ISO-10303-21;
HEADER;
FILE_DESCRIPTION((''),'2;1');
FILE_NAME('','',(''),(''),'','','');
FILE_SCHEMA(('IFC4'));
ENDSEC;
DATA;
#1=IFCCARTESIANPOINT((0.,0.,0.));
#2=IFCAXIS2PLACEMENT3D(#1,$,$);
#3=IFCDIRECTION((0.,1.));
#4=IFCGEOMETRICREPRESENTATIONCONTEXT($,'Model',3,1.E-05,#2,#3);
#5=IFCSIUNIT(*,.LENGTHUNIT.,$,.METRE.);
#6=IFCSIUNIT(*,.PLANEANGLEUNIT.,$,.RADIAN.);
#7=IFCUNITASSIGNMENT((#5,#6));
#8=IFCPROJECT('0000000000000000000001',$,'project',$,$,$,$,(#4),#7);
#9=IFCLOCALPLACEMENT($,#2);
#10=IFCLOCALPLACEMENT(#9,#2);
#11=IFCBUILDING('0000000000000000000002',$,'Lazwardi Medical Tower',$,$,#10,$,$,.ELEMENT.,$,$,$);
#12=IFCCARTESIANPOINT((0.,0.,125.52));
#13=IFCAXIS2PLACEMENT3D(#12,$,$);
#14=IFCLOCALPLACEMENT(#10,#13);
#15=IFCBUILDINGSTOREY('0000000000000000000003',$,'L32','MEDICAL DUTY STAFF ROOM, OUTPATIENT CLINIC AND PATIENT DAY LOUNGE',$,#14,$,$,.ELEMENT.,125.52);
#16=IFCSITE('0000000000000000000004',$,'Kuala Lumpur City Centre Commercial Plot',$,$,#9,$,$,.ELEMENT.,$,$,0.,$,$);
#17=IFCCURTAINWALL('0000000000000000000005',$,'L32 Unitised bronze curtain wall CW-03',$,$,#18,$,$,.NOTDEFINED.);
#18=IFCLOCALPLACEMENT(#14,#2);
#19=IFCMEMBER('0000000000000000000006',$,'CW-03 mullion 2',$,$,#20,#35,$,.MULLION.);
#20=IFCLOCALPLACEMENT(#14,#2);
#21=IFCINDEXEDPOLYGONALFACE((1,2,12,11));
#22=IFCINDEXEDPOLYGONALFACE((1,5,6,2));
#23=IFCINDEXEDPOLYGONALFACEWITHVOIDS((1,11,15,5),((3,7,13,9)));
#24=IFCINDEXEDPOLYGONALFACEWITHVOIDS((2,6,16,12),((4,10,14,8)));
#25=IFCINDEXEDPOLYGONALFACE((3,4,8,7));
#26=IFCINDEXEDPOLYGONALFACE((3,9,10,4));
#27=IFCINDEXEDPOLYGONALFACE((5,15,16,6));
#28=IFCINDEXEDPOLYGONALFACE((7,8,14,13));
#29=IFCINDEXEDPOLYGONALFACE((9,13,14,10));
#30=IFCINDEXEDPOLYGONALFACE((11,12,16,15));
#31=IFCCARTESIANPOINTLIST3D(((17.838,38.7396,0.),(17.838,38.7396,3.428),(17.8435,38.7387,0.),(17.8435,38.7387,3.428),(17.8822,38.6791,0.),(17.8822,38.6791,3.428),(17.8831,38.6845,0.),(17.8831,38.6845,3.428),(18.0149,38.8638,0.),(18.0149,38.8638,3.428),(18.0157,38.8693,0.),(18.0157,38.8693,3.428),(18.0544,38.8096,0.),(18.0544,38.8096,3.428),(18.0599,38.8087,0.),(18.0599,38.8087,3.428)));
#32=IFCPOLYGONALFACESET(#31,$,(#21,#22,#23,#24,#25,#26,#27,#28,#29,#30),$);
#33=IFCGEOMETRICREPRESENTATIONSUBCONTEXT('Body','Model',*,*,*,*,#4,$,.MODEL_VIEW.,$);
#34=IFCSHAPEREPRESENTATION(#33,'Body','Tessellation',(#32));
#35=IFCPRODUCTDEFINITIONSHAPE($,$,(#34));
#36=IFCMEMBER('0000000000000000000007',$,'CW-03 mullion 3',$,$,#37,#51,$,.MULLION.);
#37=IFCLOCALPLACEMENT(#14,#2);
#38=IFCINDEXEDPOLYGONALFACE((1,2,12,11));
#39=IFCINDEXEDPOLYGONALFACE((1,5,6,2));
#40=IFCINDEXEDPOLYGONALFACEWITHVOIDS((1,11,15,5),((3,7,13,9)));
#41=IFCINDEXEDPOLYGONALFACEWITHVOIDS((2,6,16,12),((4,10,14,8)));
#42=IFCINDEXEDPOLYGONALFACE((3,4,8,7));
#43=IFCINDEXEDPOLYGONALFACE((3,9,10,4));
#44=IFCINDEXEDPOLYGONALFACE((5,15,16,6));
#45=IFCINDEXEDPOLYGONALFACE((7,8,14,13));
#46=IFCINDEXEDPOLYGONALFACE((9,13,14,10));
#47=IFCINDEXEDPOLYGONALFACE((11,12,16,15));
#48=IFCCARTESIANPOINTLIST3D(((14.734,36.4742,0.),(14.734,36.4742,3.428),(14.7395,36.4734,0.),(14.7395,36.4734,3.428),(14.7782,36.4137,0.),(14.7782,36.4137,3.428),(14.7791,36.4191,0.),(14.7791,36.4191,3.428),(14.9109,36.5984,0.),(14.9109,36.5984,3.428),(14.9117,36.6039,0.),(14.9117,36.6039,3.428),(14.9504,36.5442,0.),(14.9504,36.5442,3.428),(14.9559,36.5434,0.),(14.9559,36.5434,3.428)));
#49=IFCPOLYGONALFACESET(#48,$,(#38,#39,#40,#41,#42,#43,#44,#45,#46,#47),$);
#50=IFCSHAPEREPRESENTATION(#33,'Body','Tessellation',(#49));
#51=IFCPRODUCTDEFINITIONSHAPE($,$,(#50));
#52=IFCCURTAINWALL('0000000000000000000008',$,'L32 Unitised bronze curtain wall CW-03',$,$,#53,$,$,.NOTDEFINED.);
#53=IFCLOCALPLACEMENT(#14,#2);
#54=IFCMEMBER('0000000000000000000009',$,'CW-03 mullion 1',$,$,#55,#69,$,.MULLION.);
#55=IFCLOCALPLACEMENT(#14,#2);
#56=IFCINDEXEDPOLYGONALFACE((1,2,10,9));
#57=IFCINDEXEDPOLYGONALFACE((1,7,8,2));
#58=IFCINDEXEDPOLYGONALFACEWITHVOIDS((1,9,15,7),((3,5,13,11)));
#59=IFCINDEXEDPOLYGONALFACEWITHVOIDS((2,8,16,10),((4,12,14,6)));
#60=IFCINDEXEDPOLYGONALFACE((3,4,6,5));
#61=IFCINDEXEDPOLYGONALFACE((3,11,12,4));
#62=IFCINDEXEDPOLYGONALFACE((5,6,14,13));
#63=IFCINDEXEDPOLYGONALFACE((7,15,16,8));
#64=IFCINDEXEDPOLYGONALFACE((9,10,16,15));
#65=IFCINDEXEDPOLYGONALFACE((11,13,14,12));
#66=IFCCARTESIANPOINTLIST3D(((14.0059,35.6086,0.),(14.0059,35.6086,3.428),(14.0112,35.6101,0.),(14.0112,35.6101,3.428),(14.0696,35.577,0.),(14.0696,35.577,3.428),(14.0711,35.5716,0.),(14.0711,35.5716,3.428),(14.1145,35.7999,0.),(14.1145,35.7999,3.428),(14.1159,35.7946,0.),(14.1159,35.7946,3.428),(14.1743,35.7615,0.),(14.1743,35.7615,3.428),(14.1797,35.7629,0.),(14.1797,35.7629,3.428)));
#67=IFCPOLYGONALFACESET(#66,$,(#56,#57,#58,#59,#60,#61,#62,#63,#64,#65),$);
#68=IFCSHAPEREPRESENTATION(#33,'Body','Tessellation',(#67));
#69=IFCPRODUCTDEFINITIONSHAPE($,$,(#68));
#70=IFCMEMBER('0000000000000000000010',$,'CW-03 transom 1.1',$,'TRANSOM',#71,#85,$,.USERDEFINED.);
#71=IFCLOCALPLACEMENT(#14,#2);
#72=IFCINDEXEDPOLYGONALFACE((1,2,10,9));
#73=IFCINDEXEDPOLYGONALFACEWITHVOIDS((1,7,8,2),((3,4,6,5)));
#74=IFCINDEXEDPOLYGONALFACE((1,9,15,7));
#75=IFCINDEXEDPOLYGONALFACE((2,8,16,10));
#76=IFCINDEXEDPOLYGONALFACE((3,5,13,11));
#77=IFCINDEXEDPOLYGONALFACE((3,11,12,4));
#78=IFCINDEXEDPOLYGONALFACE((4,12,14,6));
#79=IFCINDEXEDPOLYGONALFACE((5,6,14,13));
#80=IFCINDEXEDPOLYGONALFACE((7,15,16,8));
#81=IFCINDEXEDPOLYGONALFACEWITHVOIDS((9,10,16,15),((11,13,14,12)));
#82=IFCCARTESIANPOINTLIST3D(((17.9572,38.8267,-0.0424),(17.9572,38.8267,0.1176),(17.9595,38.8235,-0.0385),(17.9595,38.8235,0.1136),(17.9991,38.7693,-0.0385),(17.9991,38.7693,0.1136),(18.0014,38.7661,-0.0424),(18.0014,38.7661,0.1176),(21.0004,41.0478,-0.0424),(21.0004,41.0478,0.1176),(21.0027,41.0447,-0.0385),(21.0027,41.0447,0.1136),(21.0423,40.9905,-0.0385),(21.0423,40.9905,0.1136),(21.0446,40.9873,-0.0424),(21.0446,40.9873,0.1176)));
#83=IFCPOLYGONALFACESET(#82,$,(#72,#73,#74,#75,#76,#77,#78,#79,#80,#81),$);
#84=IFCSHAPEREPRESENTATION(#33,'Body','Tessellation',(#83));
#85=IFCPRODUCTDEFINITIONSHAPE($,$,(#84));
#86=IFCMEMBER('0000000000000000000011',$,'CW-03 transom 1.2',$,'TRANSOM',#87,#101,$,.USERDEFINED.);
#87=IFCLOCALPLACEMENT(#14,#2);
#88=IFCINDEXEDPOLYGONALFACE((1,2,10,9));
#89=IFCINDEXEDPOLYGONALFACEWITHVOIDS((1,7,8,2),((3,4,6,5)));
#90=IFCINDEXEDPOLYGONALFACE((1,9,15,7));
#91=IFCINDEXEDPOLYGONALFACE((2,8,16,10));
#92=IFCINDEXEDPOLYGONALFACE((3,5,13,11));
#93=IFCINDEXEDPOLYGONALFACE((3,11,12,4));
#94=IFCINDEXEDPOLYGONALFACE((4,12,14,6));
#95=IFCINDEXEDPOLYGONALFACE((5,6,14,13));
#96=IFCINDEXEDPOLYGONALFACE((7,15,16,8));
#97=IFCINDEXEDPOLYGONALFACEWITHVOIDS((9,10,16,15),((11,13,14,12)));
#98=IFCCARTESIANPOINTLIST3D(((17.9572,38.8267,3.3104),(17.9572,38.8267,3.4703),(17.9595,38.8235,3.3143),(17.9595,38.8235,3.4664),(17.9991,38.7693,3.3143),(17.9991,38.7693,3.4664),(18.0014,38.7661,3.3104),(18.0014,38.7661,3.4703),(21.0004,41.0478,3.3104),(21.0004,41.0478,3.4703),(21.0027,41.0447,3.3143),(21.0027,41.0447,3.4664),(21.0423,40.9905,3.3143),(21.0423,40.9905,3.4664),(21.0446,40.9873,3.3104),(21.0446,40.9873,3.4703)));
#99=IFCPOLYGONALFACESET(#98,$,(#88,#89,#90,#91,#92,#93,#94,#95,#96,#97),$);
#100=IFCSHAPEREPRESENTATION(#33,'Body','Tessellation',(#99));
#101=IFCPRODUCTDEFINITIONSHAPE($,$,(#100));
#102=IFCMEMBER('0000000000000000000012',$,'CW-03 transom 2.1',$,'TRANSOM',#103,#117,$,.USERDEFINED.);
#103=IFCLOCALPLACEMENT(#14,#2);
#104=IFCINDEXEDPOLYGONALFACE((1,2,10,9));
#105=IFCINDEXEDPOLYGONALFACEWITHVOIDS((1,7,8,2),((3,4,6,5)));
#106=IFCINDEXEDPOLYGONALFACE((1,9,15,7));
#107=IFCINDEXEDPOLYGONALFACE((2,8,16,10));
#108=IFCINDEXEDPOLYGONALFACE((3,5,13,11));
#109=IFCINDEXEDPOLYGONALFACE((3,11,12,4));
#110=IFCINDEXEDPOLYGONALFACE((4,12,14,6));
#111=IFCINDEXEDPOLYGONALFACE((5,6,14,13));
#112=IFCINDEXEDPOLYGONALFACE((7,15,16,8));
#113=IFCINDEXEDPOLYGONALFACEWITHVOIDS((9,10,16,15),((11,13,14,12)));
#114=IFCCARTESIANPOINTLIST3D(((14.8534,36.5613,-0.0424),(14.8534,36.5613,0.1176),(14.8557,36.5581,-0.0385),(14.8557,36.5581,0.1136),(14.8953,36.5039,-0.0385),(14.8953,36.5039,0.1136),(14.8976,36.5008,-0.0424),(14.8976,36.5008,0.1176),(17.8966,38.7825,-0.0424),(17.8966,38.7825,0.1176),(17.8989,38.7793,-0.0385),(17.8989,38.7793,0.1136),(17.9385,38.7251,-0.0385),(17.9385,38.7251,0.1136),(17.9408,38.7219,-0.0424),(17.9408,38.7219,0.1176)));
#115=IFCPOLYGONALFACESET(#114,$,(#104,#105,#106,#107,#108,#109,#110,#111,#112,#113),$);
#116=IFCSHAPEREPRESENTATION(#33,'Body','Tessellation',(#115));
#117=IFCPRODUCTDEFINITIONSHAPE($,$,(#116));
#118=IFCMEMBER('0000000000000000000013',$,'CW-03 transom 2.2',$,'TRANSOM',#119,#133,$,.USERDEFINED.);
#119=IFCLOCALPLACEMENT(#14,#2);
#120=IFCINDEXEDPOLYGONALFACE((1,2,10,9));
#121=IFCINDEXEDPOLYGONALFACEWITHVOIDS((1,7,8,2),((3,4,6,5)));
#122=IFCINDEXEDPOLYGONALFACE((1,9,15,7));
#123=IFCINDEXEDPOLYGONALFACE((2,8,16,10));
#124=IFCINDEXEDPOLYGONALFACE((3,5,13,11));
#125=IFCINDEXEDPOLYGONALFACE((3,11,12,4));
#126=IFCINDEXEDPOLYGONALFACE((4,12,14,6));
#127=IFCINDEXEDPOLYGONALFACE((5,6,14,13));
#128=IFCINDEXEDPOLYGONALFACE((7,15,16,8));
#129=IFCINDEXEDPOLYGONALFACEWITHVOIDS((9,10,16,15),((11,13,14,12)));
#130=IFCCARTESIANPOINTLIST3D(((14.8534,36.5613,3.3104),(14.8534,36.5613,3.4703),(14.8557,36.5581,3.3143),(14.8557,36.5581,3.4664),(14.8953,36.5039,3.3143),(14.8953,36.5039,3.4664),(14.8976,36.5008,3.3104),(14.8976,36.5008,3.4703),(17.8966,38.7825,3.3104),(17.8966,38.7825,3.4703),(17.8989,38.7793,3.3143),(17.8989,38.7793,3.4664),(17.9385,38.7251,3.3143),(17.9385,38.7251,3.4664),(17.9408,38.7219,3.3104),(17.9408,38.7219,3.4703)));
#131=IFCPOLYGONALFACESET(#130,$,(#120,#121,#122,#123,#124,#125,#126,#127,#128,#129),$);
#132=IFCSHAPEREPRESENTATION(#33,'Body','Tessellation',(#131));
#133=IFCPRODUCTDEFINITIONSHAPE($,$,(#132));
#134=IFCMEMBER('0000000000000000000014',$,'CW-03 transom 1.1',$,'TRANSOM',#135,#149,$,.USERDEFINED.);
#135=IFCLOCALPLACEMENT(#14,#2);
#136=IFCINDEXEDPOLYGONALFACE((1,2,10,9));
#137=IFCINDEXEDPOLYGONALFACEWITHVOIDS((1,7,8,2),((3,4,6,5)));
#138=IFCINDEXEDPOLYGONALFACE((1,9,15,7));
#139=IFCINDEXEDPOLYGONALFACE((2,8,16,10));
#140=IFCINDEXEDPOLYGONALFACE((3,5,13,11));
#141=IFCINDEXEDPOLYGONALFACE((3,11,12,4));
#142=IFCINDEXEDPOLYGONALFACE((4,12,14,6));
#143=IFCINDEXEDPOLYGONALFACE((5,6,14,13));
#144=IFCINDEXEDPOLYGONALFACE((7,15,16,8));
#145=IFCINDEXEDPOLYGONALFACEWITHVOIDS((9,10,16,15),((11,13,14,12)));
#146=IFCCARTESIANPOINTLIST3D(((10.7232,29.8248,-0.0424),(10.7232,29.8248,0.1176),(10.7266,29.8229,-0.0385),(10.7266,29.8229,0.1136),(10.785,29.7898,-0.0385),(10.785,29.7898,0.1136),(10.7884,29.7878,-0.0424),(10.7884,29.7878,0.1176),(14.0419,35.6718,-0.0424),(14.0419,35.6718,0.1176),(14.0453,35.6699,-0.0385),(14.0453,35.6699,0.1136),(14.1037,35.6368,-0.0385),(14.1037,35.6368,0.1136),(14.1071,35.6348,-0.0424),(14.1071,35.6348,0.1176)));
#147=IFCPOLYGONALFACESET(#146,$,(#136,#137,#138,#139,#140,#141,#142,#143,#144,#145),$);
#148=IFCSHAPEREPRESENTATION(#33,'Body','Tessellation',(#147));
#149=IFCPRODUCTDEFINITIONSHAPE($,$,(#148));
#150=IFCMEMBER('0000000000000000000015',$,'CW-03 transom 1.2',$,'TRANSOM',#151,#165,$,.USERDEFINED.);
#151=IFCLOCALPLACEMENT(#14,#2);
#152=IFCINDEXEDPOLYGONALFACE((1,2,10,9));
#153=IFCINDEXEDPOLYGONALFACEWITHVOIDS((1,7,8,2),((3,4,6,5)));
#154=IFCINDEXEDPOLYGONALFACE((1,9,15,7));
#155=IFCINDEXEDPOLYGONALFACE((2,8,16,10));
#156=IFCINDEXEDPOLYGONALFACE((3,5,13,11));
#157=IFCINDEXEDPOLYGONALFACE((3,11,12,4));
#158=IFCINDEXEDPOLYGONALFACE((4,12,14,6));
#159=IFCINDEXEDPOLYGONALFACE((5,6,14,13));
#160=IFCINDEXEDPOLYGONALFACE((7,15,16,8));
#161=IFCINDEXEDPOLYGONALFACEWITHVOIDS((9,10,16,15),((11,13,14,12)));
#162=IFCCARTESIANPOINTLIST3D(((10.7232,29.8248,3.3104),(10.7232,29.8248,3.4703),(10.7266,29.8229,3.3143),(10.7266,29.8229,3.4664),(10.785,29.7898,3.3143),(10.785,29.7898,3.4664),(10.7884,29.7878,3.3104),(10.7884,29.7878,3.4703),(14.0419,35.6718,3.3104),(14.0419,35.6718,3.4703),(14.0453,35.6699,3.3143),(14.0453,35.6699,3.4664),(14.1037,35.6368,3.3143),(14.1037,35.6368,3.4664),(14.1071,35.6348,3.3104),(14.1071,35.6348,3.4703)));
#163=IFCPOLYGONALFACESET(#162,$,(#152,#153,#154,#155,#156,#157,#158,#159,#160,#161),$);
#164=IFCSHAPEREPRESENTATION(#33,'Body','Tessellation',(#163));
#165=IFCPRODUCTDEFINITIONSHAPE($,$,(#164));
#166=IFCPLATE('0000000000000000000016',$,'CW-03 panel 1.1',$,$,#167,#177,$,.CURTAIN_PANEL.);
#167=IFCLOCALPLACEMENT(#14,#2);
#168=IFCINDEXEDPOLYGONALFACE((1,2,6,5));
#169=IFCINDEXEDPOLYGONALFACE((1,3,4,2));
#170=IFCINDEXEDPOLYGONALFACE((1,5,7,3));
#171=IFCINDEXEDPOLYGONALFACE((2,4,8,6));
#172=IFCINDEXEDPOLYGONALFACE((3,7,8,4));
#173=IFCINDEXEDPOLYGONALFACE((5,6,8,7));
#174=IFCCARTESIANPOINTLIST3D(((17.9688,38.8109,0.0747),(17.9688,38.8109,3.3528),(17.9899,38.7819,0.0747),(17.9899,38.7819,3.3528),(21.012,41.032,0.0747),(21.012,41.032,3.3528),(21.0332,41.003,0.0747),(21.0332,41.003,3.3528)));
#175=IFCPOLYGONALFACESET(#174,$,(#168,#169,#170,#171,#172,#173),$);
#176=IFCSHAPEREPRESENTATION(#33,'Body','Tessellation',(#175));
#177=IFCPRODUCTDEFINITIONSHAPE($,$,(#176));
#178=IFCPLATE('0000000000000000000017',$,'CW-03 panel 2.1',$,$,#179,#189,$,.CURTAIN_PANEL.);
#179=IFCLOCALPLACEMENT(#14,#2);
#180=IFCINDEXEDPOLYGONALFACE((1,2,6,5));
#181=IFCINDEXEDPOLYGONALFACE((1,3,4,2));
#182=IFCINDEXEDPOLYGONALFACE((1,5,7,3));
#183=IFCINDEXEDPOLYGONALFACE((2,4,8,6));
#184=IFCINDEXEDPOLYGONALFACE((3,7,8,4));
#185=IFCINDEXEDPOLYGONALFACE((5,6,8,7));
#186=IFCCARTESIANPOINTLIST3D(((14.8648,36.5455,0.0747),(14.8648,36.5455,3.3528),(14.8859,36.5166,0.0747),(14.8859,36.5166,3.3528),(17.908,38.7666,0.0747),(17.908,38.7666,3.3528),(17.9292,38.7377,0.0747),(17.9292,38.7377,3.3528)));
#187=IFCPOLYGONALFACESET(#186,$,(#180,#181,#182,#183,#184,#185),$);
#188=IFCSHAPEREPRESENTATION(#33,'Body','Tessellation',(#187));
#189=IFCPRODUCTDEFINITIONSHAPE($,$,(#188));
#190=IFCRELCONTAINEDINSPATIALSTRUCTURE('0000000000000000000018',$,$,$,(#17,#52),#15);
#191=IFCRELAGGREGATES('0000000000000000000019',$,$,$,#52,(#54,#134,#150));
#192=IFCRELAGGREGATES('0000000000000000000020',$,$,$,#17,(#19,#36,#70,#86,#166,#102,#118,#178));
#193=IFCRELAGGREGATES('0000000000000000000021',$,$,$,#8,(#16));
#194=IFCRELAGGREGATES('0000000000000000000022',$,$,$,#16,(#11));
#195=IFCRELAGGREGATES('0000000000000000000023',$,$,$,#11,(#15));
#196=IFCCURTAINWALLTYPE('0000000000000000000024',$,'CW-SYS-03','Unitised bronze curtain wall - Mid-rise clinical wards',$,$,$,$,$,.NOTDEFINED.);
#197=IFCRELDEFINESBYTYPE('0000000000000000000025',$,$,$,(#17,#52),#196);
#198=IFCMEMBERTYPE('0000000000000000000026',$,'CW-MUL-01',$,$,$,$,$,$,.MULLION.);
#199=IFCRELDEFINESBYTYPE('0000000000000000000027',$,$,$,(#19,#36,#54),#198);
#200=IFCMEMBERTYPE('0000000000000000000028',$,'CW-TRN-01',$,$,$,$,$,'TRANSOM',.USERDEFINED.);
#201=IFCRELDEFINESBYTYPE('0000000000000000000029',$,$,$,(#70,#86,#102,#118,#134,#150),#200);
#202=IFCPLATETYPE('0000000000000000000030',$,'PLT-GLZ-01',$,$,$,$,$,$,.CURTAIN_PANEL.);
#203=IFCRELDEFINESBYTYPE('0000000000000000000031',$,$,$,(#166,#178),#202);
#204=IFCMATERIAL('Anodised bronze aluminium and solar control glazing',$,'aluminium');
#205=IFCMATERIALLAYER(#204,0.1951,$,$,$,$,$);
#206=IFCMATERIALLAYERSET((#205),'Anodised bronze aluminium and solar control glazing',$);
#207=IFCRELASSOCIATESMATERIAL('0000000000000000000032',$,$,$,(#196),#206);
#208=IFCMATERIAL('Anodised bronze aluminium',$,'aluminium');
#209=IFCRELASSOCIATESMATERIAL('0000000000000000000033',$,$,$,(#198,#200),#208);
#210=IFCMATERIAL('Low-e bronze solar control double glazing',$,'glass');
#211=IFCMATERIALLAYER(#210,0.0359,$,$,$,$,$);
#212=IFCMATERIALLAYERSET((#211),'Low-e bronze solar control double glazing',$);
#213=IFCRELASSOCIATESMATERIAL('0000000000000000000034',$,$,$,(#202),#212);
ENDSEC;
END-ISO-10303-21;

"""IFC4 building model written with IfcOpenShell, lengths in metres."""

from ifc_helpers import new_model, si_unit, direction, frame, origin, origin_2d, place, context, subcontext, project, spatial, rectangle, hollow_rectangle, extrude, material, layer, layer_set, material_profile, profile_set, type_object, element, aggregate, save


model = new_model("IFC4")

# Units and contexts
model_context = context("Model", 3, precision=1e-05, world=origin(), true_north=direction((0.0, 1.0)))
body_context = subcontext(model_context, "Body", "Model", "MODEL_VIEW")
ifc_project = project(units=[si_unit("LENGTHUNIT", "METRE"), si_unit("PLANEANGLEUNIT", "RADIAN")], contexts=[model_context])

# Site, building, storey
site_placement = place(None, origin())
site = spatial("IfcSite", under=ifc_project, at=site_placement, Name="Kuala Lumpur City Centre Commercial Plot", CompositionType="ELEMENT", RefElevation=0.0)
building_placement = place(site_placement, origin())
building = spatial("IfcBuilding", under=site, at=building_placement, Name="Lazwardi Medical Tower", CompositionType="ELEMENT")
storey_placement = place(building_placement, frame((0.0, 0.0, 125.52)))
storey = spatial("IfcBuildingStorey", under=building, at=storey_placement, Name="L32", Description="MEDICAL DUTY STAFF ROOM, OUTPATIENT CLINIC AND PATIENT DAY LOUNGE", CompositionType="ELEMENT", Elevation=125.52)

# Shared definitions
ifc_material_1 = material(Name="Anodised bronze aluminium and solar control glazing", Category="aluminium")
ifc_layer_1 = layer(ifc_material_1, 0.1951)
ifc_layer_set_1 = layer_set([ifc_layer_1], Name="Anodised bronze aluminium and solar control glazing")
curtain_wall_type = type_object("IfcCurtainWallType", Name="CW-SYS-03", Description="Unitised bronze curtain wall - Mid-rise clinical wards", PredefinedType="NOTDEFINED", material=ifc_layer_set_1)
ifc_material_2 = material(Name="Anodised bronze aluminium", Category="aluminium")
ifc_material_profile_1 = material_profile(ifc_material_2, hollow_rectangle(XDim=0.075, YDim=0.22, WallThickness=0.0039, at=origin_2d()), Name="ALU-MULLION 220x75x4")
ifc_profile_set_1 = profile_set([ifc_material_profile_1], Name="Anodised bronze aluminium")
member_type_1 = type_object("IfcMemberType", Name="CW-MUL-01", PredefinedType="MULLION", material=ifc_profile_set_1)

# Curtain wall, members
curtain_wall_1_placement = place(storey_placement, origin())
curtain_wall_1 = element("IfcCurtainWall", 1, at=curtain_wall_1_placement, inside=storey, type_object=curtain_wall_type, Name="L32 Unitised bronze curtain wall CW-03", PredefinedType="NOTDEFINED")
member_1_placement = place(storey_placement, frame((17.949, 38.7742, 0.0), z_axis=(0.0, 0.0, 1.0), x_axis=(0.589531, -0.807746, 0.0)))
member_1 = element("IfcMember", 2, at=member_1_placement, type_object=member_type_1, Name="CW-03 mullion 2", PredefinedType="MULLION", context=body_context, shape_type="SweptSolid", body=[
    extrude(hollow_rectangle(XDim=0.075, YDim=0.22, WallThickness=0.0039, at=origin_2d()), origin(), (0.0, 0.0, 1.0), 3.428),
])
member_2_placement = place(storey_placement, frame((14.845, 36.5088, 0.0), z_axis=(0.0, 0.0, 1.0), x_axis=(0.589531, -0.807746, 0.0)))
member_2 = element("IfcMember", 3, at=member_2_placement, type_object=member_type_1, Name="CW-03 mullion 3", PredefinedType="MULLION", context=body_context, shape_type="SweptSolid", body=[
    extrude(hollow_rectangle(XDim=0.075, YDim=0.22, WallThickness=0.0039, at=origin_2d()), origin(), (0.0, 0.0, 1.0), 3.428),
])

# Curtain wall, member
curtain_wall_2_placement = place(storey_placement, origin())
curtain_wall_2 = element("IfcCurtainWall", 4, at=curtain_wall_2_placement, inside=storey, type_object=curtain_wall_type, Name="L32 Unitised bronze curtain wall CW-03", PredefinedType="NOTDEFINED")
member_3_placement = place(storey_placement, frame((14.0928, 35.6858, 0.0), z_axis=(0.0, 0.0, 1.0), x_axis=(0.869687, -0.493603, 0.0)))
member_3 = element("IfcMember", 5, at=member_3_placement, type_object=member_type_1, Name="CW-03 mullion 1", PredefinedType="MULLION", context=body_context, shape_type="SweptSolid", body=[
    extrude(hollow_rectangle(XDim=0.075, YDim=0.22, WallThickness=0.0039, at=origin_2d()), origin(), (0.0, 0.0, 1.0), 3.428),
])

# Members
ifc_material_profile_2 = material_profile(ifc_material_2, hollow_rectangle(XDim=0.075, YDim=0.1599, WallThickness=0.0039, at=origin_2d()), Name="ALU-TRANSOM 160x75x4")
ifc_profile_set_2 = profile_set([ifc_material_profile_2], Name="Anodised bronze aluminium")
member_type_2 = type_object("IfcMemberType", Name="CW-TRN-01", ElementType="TRANSOM", PredefinedType="USERDEFINED", material=ifc_profile_set_2)
member_4_placement = place(storey_placement, frame((21.0225, 41.0176, 0.0376), z_axis=(-0.807732, -0.58955, 0.0), x_axis=(0.58955, -0.807732, 0.0)))
member_4 = element("IfcMember", 6, at=member_4_placement, type_object=member_type_2, Name="CW-03 transom 1.1", ObjectType="TRANSOM", PredefinedType="USERDEFINED", context=body_context, shape_type="SweptSolid", body=[
    extrude(hollow_rectangle(XDim=0.075, YDim=0.1599, WallThickness=0.0039, at=origin_2d()), origin(), (0.0, 0.0, 1.0), 3.7676),
])
member_5_placement = place(storey_placement, frame((21.0225, 41.0176, 3.3904), z_axis=(-0.807732, -0.58955, 0.0), x_axis=(0.58955, -0.807732, 0.0)))
member_5 = element("IfcMember", 7, at=member_5_placement, type_object=member_type_2, Name="CW-03 transom 1.2", ObjectType="TRANSOM", PredefinedType="USERDEFINED", context=body_context, shape_type="SweptSolid", body=[
    extrude(hollow_rectangle(XDim=0.075, YDim=0.1599, WallThickness=0.0039, at=origin_2d()), origin(), (0.0, 0.0, 1.0), 3.7676),
])
member_6_placement = place(storey_placement, frame((17.9187, 38.7522, 0.0376), z_axis=(-0.807732, -0.58955, 0.0), x_axis=(0.58955, -0.807732, 0.0)))
member_6 = element("IfcMember", 8, at=member_6_placement, type_object=member_type_2, Name="CW-03 transom 2.1", ObjectType="TRANSOM", PredefinedType="USERDEFINED", context=body_context, shape_type="SweptSolid", body=[
    extrude(hollow_rectangle(XDim=0.075, YDim=0.1599, WallThickness=0.0039, at=origin_2d()), origin(), (0.0, 0.0, 1.0), 3.7676),
])
member_7_placement = place(storey_placement, frame((17.9187, 38.7522, 3.3904), z_axis=(-0.807732, -0.58955, 0.0), x_axis=(0.58955, -0.807732, 0.0)))
member_7 = element("IfcMember", 9, at=member_7_placement, type_object=member_type_2, Name="CW-03 transom 2.2", ObjectType="TRANSOM", PredefinedType="USERDEFINED", context=body_context, shape_type="SweptSolid", body=[
    extrude(hollow_rectangle(XDim=0.075, YDim=0.1599, WallThickness=0.0039, at=origin_2d()), origin(), (0.0, 0.0, 1.0), 3.7676),
])
member_8_placement = place(storey_placement, frame((14.0745, 35.6533, 0.0376), z_axis=(-0.493614, -0.869681, 0.0), x_axis=(0.869681, -0.493614, 0.0)))
member_8 = element("IfcMember", 10, at=member_8_placement, type_object=member_type_2, Name="CW-03 transom 1.1", ObjectType="TRANSOM", PredefinedType="USERDEFINED", context=body_context, shape_type="SweptSolid", body=[
    extrude(hollow_rectangle(XDim=0.075, YDim=0.1599, WallThickness=0.0039, at=origin_2d()), origin(), (0.0, 0.0, 1.0), 6.7231),
])
member_9_placement = place(storey_placement, frame((14.0745, 35.6533, 3.3904), z_axis=(-0.493614, -0.869681, 0.0), x_axis=(0.869681, -0.493614, 0.0)))
member_9 = element("IfcMember", 11, at=member_9_placement, type_object=member_type_2, Name="CW-03 transom 1.2", ObjectType="TRANSOM", PredefinedType="USERDEFINED", context=body_context, shape_type="SweptSolid", body=[
    extrude(hollow_rectangle(XDim=0.075, YDim=0.1599, WallThickness=0.0039, at=origin_2d()), origin(), (0.0, 0.0, 1.0), 6.7231),
])
aggregate(curtain_wall_2, [member_3, member_8, member_9])

# Plates
ifc_material_3 = material(Name="Low-e bronze solar control double glazing", Category="glass")
ifc_layer_2 = layer(ifc_material_3, 0.0359)
ifc_layer_set_2 = layer_set([ifc_layer_2], Name="Low-e bronze solar control double glazing")
plate_type = type_object("IfcPlateType", Name="PLT-GLZ-01", PredefinedType="CURTAIN_PANEL", material=ifc_layer_set_2)
plate_1_placement = place(storey_placement, frame((19.501, 39.907, 0.0747), z_axis=(0.0, 0.0, 1.0), x_axis=(-0.807746, -0.589531, 0.0)))
plate_1 = element("IfcPlate", 12, at=plate_1_placement, type_object=plate_type, Name="CW-03 panel 1.1", PredefinedType="CURTAIN_PANEL", context=body_context, shape_type="SweptSolid", body=[
    extrude(rectangle(XDim=3.7676, YDim=0.0359, at=origin_2d()), origin(), (0.0, 0.0, 1.0), 3.2781),
])
plate_2_placement = place(storey_placement, frame((16.397, 37.6416, 0.0747), z_axis=(0.0, 0.0, 1.0), x_axis=(-0.807746, -0.589531, 0.0)))
plate_2 = element("IfcPlate", 13, at=plate_2_placement, type_object=plate_type, Name="CW-03 panel 2.1", PredefinedType="CURTAIN_PANEL", context=body_context, shape_type="SweptSolid", body=[
    extrude(rectangle(XDim=3.7676, YDim=0.0359, at=origin_2d()), origin(), (0.0, 0.0, 1.0), 3.2781),
])
aggregate(curtain_wall_1, [member_1, member_2, member_4, member_5, plate_1, member_6, member_7, plate_2])

save(model, "model.ifc")
